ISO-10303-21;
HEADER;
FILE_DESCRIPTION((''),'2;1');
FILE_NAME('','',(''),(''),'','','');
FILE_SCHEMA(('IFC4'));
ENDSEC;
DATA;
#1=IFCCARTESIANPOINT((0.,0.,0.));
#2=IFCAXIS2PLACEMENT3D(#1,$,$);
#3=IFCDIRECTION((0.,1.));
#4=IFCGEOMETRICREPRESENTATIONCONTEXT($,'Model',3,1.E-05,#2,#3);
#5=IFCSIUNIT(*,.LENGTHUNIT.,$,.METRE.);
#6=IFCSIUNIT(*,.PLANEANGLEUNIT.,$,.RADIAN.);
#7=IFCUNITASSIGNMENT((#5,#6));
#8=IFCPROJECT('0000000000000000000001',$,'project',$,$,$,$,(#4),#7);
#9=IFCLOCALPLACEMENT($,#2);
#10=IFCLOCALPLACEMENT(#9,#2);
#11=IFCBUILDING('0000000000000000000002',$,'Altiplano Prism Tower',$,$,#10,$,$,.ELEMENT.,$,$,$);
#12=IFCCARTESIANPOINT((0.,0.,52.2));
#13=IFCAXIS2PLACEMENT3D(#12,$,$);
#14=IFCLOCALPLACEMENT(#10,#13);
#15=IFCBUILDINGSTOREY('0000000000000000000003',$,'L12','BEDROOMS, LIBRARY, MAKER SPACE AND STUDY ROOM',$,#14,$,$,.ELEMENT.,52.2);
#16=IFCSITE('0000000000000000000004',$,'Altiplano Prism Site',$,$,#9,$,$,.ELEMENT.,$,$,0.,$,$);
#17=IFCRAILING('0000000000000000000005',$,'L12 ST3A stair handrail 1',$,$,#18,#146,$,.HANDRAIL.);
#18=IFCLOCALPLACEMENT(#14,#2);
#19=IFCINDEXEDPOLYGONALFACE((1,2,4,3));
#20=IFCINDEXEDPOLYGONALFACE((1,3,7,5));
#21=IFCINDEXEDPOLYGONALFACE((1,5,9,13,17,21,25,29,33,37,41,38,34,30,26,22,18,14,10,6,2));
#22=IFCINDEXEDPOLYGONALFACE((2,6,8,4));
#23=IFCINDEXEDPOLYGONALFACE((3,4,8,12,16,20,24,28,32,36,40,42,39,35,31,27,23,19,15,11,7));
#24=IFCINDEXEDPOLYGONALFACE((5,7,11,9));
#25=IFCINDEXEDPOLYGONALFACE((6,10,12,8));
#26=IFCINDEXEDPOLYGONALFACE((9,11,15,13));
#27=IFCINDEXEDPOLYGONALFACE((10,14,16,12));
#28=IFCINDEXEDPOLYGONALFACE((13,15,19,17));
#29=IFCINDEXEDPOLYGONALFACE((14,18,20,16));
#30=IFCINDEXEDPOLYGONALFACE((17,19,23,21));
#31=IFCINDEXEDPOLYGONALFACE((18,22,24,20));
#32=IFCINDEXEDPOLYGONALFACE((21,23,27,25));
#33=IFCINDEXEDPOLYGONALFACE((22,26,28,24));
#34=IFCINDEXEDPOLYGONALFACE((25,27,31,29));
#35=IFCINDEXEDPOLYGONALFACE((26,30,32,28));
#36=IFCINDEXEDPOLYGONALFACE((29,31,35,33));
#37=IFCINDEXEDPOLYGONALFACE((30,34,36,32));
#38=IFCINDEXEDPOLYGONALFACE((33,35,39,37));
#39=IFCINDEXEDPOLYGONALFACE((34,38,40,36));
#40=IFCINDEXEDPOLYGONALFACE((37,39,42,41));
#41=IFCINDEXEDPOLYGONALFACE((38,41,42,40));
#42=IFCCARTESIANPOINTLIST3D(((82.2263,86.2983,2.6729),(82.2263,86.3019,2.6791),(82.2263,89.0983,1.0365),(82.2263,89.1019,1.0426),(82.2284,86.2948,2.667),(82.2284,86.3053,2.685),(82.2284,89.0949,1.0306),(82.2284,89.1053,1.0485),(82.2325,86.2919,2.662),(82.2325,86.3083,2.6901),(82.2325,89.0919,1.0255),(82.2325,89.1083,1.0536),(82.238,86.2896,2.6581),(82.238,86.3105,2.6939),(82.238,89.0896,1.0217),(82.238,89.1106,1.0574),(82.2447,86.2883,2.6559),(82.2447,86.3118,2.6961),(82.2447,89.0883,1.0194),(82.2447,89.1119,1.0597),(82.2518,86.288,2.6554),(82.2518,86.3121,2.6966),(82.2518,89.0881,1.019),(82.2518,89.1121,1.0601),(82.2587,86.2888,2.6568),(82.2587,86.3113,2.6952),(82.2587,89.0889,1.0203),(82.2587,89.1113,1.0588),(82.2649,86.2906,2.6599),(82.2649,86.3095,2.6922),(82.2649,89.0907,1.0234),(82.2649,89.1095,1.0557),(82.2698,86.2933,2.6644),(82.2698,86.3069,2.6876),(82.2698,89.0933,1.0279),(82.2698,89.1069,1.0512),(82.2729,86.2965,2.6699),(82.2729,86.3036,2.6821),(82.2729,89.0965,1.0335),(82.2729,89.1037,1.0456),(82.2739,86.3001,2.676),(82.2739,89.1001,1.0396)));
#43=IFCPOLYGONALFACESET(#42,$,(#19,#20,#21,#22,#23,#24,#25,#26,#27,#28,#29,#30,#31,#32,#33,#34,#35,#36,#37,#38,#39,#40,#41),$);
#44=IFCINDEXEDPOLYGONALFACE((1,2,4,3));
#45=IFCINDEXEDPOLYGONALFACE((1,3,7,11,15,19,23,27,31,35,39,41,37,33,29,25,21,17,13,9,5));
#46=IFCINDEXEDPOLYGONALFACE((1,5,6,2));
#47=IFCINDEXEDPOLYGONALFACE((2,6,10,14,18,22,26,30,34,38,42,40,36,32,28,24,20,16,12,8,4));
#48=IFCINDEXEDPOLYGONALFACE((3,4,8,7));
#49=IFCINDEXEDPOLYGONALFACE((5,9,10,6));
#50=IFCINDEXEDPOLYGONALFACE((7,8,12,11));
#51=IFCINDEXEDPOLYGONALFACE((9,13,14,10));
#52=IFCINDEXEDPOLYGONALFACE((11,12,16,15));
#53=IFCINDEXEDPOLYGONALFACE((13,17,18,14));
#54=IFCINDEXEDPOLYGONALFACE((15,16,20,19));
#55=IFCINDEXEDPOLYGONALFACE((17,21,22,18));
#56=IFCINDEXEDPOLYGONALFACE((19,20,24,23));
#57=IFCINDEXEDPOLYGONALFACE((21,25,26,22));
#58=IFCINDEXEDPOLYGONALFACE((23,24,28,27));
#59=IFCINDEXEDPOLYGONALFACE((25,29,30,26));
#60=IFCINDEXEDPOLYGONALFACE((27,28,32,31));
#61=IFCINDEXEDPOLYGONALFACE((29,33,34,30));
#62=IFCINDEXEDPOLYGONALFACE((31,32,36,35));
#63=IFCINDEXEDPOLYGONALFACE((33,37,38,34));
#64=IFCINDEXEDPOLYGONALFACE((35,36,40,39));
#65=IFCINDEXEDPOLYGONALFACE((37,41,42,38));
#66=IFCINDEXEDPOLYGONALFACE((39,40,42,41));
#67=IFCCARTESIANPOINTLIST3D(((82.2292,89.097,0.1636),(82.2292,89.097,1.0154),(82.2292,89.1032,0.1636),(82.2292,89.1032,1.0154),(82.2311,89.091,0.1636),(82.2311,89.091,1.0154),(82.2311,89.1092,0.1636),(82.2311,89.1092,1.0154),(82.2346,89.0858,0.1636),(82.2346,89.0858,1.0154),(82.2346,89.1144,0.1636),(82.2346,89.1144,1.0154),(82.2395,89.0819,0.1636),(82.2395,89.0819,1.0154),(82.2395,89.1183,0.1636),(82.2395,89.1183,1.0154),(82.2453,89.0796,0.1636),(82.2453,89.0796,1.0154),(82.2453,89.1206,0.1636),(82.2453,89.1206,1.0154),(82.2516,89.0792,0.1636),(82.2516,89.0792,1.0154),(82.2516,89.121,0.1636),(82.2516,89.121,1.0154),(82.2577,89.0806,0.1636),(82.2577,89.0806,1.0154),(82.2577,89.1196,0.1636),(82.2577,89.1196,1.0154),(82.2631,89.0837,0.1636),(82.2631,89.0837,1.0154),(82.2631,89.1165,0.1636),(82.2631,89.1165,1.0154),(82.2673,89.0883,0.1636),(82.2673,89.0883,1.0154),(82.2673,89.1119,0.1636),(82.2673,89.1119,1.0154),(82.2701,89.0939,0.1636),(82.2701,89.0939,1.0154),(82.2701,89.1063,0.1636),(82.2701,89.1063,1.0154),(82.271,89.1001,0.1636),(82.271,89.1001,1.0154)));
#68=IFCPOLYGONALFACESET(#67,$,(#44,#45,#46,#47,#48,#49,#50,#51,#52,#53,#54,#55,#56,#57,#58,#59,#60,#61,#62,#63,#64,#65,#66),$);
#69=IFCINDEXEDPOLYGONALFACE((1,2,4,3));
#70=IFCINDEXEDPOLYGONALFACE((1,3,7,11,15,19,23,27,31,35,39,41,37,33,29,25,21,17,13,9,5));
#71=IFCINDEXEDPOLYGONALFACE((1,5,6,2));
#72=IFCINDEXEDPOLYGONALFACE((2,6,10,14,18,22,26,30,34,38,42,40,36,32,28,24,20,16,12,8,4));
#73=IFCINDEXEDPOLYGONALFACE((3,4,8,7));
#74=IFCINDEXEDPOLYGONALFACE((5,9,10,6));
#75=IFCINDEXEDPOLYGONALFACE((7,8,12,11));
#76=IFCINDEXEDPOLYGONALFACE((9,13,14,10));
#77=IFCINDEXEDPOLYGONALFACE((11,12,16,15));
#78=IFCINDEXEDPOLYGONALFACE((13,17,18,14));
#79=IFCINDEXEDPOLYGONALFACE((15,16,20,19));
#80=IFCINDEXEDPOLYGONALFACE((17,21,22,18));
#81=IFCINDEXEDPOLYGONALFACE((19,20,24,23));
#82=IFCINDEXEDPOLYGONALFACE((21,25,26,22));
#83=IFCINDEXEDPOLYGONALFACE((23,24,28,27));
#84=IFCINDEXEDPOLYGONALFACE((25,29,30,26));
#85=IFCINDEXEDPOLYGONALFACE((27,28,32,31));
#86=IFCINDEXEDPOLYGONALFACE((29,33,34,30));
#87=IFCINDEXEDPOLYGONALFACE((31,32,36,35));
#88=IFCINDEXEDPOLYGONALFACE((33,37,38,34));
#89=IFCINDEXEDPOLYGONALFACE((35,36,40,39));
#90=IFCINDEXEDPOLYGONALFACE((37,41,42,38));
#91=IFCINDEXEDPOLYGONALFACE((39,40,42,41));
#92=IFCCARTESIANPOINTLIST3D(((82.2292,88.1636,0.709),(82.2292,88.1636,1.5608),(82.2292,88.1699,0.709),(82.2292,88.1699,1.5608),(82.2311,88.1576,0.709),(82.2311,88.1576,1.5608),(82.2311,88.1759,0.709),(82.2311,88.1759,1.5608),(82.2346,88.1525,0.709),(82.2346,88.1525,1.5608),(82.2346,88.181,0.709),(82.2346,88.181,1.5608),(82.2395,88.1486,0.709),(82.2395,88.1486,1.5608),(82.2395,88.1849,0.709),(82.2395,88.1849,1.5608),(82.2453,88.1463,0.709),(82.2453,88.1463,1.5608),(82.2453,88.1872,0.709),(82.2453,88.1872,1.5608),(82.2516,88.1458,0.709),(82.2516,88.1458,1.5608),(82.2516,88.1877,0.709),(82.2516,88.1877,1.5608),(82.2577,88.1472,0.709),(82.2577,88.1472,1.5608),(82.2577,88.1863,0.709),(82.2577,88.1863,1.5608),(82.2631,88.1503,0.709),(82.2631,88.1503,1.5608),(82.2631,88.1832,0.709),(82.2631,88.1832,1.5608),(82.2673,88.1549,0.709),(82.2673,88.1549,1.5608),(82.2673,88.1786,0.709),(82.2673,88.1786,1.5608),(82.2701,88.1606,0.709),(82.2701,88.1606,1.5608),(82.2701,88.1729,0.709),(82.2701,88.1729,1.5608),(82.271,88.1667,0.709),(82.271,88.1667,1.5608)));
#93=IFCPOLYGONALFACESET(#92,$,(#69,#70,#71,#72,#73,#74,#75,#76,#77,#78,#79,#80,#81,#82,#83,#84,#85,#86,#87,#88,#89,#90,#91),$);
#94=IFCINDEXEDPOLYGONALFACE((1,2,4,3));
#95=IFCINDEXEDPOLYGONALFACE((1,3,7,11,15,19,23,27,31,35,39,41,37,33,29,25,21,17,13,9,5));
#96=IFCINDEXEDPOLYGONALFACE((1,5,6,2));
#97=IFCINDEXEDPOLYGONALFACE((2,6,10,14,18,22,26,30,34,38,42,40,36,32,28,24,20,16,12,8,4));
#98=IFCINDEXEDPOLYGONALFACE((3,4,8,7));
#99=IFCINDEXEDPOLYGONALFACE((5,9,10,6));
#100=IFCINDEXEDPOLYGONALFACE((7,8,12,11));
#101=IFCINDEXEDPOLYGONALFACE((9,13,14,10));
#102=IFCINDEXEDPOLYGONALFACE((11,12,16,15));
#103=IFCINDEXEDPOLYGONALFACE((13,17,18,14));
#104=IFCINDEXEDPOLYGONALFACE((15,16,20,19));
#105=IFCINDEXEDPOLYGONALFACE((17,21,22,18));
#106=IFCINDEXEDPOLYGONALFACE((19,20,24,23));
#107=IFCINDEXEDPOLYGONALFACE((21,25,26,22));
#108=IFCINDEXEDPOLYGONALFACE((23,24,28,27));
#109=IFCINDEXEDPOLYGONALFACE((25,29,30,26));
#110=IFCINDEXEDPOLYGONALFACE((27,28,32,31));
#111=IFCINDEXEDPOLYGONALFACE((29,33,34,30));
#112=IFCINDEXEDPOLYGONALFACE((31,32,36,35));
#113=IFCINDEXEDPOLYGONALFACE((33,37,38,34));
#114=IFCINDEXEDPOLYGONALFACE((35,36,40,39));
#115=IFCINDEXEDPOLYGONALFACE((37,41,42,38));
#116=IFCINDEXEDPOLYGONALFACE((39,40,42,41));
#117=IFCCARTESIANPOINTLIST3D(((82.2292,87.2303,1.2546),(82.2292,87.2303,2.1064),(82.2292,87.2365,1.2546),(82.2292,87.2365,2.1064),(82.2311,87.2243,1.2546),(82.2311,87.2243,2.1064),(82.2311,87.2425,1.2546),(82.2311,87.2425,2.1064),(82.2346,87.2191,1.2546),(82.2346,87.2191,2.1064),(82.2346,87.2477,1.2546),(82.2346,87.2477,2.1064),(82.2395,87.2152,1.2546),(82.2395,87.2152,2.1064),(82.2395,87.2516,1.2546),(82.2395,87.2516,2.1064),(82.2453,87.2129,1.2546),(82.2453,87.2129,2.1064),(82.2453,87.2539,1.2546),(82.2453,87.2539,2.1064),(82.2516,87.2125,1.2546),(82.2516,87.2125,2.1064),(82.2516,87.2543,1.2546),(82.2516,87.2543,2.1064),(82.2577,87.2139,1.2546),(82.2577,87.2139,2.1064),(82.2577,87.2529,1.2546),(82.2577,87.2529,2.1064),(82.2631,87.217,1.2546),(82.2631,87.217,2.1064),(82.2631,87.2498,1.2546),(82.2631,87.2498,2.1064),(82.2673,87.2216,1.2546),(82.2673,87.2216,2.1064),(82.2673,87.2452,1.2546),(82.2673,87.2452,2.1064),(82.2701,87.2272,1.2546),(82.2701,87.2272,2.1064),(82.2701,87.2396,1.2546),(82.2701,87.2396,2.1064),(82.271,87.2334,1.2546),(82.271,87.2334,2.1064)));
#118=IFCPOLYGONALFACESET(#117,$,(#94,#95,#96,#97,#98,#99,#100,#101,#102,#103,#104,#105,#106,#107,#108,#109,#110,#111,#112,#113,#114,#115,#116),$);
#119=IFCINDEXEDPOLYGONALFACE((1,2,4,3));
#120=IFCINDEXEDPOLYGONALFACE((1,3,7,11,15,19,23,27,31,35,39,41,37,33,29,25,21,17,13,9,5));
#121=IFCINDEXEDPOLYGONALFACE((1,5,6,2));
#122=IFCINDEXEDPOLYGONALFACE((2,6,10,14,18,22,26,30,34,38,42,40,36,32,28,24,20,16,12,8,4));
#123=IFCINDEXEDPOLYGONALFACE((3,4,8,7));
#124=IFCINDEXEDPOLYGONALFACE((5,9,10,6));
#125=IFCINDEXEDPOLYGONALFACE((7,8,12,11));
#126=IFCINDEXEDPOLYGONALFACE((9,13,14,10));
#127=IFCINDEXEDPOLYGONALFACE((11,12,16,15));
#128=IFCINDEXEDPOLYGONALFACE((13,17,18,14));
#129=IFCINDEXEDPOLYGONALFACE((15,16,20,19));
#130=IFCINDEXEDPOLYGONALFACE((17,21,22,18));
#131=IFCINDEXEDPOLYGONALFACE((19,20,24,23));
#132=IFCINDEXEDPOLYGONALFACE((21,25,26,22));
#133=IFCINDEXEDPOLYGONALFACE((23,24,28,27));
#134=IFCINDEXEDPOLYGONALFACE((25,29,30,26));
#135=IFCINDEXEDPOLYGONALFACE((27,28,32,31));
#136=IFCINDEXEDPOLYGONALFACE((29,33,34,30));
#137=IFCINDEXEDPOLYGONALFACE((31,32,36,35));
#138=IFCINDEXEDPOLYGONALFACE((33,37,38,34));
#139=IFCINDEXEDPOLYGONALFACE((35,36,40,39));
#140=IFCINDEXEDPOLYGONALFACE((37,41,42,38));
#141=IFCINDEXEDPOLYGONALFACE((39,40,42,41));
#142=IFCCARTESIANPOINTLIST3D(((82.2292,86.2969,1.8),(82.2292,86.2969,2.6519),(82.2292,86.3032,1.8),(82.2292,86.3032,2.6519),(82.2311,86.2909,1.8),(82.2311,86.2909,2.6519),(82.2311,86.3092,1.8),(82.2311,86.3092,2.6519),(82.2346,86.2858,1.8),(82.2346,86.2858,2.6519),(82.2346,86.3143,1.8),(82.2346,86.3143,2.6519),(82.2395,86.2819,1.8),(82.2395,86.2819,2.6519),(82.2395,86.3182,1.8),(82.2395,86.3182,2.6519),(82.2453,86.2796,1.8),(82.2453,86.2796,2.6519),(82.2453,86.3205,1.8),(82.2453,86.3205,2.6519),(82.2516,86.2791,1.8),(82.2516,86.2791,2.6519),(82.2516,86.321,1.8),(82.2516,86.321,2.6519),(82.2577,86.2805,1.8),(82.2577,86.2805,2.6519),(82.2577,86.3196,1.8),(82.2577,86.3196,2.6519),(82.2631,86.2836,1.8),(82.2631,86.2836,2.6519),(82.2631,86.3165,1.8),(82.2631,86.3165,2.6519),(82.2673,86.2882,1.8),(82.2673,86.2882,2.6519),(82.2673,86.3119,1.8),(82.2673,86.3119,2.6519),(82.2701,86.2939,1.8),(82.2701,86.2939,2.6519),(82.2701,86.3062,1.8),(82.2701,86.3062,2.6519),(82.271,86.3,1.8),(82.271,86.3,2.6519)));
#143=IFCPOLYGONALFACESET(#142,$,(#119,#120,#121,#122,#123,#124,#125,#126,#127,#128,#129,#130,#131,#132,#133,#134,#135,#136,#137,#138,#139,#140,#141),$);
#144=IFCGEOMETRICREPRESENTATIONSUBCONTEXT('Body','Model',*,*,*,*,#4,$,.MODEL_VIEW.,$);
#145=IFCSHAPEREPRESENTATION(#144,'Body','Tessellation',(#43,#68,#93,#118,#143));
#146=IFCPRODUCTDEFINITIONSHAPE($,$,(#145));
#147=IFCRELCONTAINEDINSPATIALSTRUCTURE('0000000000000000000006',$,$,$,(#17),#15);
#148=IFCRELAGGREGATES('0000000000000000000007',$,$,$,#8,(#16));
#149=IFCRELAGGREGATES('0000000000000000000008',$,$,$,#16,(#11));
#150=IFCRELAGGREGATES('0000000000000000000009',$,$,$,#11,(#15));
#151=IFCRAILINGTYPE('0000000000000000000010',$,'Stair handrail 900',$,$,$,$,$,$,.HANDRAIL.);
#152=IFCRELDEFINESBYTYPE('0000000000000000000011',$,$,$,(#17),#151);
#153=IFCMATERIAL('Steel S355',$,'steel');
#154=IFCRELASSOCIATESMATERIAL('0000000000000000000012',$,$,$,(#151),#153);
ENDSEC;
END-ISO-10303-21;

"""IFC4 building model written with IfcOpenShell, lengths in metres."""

from ifc_helpers import new_model, si_unit, direction, frame, origin, origin_2d, place, context, subcontext, project, spatial, circle, extrude, material, type_object, element, save


model = new_model("IFC4")

# Units and contexts
model_context = context("Model", 3, precision=1e-05, world=origin(), true_north=direction((0.0, 1.0)))
body_context = subcontext(model_context, "Body", "Model", "MODEL_VIEW")
ifc_project = project(units=[si_unit("LENGTHUNIT", "METRE"), si_unit("PLANEANGLEUNIT", "RADIAN")], contexts=[model_context])

# Site, building, storey
site_placement = place(None, origin())
site = spatial("IfcSite", under=ifc_project, at=site_placement, Name="Altiplano Prism Site", CompositionType="ELEMENT", RefElevation=0.0)
building_placement = place(site_placement, origin())
building = spatial("IfcBuilding", under=site, at=building_placement, Name="Altiplano Prism Tower", CompositionType="ELEMENT")
storey_placement = place(building_placement, frame((0.0, 0.0, 52.2)))
storey = spatial("IfcBuildingStorey", under=building, at=storey_placement, Name="L12", Description="BEDROOMS, LIBRARY, MAKER SPACE AND STUDY ROOM", CompositionType="ELEMENT", Elevation=52.2)

# Railing
ifc_material_1 = material(Name="Steel S355", Category="steel")
railing_type_1 = type_object("IfcRailingType", Name="Stair handrail 900", PredefinedType="HANDRAIL", material=ifc_material_1)
railing_1_placement = place(storey_placement, frame((82.25, 89.1001, 0.1636)))
element("IfcRailing", 1, at=railing_1_placement, inside=storey, type_object=railing_type_1, Name="L12 ST3A stair handrail 1", PredefinedType="HANDRAIL", context=body_context, shape_type="SweptSolid", body=[
    extrude(circle(Radius=0.0239, at=origin_2d()), frame((0.0, 0.0, 0.876), z_axis=(0.0, -0.863361, 0.504587), x_axis=(1.0, 0.0, 0.0)), (0.0, 0.0, 1.0), 3.2432),
    extrude(circle(Radius=0.021, at=origin_2d()), origin(), (0.0, 0.0, 1.0), 0.8518),
    extrude(circle(Radius=0.021, at=origin_2d()), frame((0.0, -0.9333, 0.5454)), (0.0, 0.0, 1.0), 0.8518),
    extrude(circle(Radius=0.021, at=origin_2d()), frame((0.0, -1.8667, 1.0911)), (0.0, 0.0, 1.0), 0.8518),
    extrude(circle(Radius=0.021, at=origin_2d()), frame((0.0, -2.8, 1.6365)), (0.0, 0.0, 1.0), 0.8518),
])

save(model, "model.ifc")
